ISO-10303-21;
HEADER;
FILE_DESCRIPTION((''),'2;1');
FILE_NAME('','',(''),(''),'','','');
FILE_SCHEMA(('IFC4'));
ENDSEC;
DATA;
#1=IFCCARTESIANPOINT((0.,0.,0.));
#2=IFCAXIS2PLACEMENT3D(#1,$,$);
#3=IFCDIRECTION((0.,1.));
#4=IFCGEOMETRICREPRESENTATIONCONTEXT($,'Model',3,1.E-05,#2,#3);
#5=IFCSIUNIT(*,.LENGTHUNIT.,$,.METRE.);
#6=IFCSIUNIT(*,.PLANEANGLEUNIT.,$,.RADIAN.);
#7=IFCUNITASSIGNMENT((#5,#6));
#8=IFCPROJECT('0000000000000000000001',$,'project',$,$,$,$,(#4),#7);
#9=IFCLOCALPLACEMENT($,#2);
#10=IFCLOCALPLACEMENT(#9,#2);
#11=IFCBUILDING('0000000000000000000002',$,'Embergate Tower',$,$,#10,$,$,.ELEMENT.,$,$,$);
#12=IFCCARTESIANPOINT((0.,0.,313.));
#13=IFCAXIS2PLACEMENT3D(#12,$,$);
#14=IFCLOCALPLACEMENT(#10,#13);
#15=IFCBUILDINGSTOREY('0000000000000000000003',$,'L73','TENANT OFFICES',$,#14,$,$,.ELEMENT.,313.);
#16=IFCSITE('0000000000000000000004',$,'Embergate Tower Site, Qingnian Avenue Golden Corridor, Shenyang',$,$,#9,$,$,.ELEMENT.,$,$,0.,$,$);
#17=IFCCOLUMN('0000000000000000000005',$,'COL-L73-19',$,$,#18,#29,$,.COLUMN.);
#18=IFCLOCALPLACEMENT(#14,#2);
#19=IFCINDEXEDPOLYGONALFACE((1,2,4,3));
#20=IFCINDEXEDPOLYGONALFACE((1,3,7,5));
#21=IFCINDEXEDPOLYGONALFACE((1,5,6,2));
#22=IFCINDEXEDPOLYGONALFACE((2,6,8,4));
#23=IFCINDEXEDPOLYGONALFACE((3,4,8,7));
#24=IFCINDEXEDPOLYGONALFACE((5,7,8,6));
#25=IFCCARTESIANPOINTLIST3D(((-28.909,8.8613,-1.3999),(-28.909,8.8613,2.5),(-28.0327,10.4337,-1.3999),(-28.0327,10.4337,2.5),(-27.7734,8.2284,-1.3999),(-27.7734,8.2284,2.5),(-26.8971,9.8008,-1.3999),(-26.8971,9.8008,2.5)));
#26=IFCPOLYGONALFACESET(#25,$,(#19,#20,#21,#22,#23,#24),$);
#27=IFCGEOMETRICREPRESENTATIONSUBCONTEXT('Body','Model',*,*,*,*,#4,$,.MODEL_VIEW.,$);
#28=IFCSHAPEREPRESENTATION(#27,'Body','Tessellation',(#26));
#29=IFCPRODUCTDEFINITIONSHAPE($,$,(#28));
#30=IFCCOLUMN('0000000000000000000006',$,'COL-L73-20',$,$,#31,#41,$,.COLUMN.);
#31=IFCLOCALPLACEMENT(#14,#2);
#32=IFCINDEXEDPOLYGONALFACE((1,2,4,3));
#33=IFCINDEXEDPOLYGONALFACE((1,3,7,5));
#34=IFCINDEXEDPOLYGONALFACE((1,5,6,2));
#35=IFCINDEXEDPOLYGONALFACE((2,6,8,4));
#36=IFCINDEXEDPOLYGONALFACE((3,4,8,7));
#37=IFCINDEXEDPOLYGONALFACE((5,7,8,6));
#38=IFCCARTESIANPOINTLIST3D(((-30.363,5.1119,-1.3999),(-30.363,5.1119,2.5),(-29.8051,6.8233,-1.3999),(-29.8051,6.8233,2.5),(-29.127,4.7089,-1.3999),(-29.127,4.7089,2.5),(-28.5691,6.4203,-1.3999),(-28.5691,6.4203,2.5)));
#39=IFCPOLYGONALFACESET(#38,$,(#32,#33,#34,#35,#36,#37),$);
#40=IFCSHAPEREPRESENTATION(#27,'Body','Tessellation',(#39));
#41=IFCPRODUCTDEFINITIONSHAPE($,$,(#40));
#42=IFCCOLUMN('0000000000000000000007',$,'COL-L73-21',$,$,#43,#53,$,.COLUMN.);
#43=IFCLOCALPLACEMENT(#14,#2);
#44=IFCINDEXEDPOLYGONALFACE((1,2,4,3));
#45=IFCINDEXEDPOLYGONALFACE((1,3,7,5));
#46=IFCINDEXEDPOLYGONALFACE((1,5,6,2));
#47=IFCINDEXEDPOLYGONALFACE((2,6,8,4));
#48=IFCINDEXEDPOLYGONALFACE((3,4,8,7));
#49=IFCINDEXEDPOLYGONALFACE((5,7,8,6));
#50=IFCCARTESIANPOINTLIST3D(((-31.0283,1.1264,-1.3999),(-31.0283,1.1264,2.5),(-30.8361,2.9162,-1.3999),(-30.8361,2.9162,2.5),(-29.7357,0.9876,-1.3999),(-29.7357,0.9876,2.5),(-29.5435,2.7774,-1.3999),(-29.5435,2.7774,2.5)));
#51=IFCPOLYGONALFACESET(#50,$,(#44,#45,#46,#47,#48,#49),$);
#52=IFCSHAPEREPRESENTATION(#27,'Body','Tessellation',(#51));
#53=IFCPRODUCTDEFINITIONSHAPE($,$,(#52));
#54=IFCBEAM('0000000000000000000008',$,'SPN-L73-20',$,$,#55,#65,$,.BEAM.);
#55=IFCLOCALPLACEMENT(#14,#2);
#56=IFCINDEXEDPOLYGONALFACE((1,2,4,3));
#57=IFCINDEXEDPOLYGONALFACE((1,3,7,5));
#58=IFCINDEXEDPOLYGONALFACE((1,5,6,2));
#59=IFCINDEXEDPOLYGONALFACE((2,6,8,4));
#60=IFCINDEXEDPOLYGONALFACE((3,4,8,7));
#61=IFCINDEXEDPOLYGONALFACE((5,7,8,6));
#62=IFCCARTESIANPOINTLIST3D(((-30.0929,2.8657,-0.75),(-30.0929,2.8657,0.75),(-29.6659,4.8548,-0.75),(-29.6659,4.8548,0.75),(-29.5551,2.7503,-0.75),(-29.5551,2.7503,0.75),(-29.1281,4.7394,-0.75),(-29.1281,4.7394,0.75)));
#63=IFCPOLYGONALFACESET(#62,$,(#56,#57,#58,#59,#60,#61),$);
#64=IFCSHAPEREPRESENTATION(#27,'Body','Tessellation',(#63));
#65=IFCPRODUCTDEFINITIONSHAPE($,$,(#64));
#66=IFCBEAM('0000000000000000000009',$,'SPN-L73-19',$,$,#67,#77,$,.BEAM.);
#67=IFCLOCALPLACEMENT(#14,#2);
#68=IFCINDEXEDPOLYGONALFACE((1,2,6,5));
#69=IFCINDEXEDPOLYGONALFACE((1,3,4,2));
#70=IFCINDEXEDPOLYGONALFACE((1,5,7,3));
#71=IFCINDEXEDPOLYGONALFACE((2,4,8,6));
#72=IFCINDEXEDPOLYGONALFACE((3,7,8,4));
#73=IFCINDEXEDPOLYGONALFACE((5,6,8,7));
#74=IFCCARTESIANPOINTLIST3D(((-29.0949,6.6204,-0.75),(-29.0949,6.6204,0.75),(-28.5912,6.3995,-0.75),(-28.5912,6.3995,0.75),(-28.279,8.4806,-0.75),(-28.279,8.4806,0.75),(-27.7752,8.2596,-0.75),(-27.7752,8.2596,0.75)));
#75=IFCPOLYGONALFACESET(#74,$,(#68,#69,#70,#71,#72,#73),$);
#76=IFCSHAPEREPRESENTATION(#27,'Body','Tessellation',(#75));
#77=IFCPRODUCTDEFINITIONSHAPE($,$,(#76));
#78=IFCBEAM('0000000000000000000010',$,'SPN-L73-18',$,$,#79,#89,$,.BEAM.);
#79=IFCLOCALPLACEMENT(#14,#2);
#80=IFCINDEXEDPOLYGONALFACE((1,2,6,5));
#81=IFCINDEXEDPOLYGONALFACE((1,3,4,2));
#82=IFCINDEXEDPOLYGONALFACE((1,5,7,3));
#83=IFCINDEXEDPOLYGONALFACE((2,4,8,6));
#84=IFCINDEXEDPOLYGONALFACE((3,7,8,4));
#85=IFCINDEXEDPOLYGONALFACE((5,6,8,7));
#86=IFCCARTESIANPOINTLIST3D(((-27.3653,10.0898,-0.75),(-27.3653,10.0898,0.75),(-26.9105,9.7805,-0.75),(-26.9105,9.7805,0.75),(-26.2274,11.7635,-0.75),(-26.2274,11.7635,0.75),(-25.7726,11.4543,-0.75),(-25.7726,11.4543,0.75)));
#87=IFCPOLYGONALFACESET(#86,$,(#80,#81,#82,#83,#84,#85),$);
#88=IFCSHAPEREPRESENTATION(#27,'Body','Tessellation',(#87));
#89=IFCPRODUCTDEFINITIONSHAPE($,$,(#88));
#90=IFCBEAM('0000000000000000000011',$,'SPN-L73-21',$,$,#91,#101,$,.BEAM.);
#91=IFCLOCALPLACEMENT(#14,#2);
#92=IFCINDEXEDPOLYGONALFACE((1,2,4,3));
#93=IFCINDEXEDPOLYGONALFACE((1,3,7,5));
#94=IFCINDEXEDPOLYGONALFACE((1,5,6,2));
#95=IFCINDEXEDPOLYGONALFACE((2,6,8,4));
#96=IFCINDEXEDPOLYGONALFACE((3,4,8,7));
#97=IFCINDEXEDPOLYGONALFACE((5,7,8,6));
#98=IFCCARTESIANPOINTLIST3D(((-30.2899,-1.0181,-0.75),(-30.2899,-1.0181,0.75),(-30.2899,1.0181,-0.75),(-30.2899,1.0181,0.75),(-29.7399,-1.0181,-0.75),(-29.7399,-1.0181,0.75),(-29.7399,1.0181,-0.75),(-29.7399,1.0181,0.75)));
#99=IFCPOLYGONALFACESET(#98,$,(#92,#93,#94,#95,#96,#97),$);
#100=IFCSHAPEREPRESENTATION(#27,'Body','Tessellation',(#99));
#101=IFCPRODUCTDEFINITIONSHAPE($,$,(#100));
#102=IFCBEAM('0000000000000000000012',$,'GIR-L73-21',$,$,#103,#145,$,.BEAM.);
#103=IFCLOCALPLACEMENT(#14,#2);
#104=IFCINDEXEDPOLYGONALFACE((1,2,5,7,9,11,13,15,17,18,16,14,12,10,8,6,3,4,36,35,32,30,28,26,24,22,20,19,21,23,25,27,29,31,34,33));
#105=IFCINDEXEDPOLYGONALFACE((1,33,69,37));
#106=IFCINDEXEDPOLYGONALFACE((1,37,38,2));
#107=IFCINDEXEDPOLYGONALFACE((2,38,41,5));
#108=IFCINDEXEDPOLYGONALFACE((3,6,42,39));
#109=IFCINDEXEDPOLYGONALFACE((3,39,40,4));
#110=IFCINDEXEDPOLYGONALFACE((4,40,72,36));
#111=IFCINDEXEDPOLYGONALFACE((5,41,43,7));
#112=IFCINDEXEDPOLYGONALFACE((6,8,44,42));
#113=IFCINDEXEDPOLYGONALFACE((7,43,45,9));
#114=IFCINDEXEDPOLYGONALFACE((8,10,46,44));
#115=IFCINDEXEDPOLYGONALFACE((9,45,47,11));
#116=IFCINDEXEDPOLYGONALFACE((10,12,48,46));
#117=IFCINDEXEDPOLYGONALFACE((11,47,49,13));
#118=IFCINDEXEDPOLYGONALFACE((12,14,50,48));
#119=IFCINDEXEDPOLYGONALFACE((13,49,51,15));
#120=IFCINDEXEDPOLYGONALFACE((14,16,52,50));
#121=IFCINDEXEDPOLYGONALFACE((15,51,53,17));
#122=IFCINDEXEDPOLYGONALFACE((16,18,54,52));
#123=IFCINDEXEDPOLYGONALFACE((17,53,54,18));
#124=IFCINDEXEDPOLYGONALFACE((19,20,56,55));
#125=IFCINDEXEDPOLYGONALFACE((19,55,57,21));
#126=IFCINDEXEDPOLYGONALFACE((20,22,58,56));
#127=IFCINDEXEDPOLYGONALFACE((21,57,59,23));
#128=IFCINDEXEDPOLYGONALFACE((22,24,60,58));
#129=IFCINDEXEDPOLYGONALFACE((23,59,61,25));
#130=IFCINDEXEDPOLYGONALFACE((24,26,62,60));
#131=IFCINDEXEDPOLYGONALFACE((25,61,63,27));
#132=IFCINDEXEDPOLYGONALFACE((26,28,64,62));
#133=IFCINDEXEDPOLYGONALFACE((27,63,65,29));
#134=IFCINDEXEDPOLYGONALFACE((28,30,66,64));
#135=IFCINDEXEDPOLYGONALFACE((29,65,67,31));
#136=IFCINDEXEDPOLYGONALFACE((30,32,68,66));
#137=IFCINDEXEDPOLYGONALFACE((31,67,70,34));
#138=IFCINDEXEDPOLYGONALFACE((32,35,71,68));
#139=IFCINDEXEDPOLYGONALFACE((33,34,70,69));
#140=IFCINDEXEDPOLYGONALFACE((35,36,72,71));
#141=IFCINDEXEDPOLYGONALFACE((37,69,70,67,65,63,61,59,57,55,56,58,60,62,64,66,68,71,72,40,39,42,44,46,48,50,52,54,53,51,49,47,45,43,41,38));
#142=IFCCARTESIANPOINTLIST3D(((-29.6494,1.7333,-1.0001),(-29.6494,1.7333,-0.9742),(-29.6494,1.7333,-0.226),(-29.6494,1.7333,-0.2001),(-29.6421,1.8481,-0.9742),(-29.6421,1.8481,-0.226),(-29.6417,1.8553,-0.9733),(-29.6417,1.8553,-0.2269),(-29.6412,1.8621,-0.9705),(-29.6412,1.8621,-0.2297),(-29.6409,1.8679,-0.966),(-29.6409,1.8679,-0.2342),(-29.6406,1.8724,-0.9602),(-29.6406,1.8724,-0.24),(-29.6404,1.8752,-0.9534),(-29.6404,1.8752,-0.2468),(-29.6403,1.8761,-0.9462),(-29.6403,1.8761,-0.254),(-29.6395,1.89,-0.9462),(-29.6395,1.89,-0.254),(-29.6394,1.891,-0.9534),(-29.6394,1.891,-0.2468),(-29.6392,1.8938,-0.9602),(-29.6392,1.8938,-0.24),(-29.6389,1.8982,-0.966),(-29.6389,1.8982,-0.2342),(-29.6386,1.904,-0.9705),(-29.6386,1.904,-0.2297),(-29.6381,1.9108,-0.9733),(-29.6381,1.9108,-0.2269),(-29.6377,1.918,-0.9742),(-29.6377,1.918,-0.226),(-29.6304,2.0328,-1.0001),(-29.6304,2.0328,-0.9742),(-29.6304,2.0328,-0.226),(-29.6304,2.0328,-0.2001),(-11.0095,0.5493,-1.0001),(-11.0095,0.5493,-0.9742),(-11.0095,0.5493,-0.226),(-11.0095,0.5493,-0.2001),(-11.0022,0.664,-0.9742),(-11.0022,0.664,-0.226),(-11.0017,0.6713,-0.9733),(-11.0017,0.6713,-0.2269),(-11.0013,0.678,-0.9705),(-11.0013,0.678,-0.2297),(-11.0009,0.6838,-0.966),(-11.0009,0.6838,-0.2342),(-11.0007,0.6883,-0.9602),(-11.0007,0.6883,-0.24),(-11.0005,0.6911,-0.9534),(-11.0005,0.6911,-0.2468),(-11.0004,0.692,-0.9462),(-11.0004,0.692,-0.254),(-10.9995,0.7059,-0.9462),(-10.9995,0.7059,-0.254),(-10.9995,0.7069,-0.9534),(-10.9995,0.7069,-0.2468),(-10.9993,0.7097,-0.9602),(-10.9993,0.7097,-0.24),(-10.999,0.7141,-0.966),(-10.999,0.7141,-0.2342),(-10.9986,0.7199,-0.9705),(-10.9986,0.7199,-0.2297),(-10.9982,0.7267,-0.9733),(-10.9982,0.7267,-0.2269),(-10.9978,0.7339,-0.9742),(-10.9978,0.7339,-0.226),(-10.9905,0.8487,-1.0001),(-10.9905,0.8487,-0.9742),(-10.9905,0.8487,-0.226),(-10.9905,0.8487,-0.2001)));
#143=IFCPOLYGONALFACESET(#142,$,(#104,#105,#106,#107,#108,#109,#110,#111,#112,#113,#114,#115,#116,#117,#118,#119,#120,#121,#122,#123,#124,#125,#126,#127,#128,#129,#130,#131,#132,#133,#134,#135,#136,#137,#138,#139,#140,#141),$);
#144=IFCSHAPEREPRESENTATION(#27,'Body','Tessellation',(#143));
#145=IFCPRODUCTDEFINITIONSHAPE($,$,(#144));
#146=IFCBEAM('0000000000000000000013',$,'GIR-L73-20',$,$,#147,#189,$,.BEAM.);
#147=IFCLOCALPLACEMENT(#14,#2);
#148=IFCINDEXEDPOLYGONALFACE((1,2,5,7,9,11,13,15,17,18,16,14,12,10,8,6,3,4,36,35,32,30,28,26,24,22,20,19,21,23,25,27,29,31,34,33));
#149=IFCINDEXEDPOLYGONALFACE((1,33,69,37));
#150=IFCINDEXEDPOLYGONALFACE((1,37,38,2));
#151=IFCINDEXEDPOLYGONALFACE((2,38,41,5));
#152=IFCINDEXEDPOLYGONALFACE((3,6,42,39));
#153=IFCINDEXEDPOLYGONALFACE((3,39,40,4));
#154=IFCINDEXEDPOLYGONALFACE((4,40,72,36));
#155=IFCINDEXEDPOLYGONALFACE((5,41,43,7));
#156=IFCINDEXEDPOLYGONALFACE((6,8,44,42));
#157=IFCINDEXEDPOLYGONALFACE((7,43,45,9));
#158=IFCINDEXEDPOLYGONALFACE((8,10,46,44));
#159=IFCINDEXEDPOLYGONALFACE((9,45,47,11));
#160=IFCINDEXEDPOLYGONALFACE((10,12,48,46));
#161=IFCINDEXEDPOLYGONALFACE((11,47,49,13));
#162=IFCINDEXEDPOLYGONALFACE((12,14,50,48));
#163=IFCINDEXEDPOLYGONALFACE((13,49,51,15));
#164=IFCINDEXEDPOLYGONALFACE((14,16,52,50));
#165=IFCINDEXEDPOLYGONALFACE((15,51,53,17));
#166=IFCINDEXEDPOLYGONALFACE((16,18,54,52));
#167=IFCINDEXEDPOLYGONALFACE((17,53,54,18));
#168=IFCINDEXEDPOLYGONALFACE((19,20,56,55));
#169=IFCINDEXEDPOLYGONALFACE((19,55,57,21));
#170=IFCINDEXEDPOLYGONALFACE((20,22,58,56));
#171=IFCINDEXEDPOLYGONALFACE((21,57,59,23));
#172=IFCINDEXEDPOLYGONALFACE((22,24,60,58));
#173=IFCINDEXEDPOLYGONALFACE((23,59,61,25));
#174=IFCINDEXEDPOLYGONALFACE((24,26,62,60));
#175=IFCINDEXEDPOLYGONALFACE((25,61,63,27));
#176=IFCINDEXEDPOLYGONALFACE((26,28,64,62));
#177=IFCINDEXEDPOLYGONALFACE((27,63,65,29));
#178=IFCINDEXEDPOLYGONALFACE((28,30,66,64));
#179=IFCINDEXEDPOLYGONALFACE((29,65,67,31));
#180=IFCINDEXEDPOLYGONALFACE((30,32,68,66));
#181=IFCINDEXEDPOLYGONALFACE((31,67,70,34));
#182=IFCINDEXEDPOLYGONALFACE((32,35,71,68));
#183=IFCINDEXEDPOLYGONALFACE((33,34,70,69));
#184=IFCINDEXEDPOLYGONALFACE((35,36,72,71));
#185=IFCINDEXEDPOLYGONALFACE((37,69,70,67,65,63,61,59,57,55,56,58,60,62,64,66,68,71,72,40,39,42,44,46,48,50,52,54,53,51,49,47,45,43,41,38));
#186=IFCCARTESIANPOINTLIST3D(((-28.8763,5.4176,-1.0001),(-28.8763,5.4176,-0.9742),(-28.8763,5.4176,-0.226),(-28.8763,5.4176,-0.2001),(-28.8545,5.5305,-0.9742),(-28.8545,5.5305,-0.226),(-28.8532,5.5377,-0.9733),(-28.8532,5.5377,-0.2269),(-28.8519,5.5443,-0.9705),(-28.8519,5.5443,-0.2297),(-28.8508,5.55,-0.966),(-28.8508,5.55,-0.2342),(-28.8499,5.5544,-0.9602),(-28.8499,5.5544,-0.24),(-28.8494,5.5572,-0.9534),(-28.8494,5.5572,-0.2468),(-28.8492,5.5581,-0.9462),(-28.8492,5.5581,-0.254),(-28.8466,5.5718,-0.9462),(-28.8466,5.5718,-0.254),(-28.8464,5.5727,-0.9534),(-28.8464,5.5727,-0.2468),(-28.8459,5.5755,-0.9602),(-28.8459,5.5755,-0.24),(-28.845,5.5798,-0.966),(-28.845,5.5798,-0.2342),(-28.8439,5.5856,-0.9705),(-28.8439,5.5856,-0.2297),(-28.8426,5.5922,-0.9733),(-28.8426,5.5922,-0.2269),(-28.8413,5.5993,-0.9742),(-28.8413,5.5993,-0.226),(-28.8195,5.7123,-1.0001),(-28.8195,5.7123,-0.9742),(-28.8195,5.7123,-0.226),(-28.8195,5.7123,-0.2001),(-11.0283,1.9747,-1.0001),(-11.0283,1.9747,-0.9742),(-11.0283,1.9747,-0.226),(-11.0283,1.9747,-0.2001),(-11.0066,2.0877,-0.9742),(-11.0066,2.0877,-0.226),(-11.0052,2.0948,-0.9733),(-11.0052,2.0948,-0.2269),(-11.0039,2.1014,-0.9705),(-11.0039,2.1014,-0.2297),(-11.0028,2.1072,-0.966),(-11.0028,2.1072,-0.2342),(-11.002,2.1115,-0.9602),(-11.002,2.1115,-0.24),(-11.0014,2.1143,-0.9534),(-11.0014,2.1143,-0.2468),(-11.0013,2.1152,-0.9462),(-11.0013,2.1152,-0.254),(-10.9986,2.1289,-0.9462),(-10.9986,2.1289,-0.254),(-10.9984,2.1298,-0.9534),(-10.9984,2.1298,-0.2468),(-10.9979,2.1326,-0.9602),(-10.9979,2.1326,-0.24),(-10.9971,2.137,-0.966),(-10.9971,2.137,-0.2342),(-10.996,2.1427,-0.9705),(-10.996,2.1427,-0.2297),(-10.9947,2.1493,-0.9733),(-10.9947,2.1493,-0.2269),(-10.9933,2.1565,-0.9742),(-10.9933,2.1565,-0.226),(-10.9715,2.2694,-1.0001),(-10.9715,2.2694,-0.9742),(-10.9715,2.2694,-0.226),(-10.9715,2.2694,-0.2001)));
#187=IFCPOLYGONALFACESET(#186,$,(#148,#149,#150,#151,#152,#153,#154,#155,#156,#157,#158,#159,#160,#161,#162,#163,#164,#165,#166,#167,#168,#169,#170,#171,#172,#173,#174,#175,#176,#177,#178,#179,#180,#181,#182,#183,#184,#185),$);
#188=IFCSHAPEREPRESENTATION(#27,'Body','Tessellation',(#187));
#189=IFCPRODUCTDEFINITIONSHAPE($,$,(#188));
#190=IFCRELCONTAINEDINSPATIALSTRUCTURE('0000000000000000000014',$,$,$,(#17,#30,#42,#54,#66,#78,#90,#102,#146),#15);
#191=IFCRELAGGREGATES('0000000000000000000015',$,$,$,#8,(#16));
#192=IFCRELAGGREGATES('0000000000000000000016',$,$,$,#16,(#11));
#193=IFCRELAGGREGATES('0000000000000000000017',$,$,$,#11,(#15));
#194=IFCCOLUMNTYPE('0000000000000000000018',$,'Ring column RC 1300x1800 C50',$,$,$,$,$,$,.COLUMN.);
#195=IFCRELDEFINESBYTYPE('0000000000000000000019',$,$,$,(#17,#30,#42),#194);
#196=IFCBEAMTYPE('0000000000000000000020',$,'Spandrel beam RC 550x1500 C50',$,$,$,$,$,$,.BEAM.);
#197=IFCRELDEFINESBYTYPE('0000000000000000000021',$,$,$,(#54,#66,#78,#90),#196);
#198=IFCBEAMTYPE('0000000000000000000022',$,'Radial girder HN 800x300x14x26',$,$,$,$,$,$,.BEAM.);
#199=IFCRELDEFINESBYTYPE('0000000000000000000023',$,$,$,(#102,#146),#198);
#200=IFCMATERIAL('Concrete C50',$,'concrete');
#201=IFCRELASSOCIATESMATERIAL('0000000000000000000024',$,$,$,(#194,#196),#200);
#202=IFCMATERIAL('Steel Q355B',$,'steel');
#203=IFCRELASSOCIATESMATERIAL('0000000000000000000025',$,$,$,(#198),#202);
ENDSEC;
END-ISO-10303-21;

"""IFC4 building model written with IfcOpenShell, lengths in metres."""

from ifc_helpers import new_model, si_unit, direction, frame, origin, origin_2d, place, context, subcontext, project, spatial, rectangle, i_section, extrude, source, transform, mapped, material, material_profile, profile_set, type_object, element, save


model = new_model("IFC4")

# Units and contexts
model_context = context("Model", 3, precision=1e-05, world=origin(), true_north=direction((0.0, 1.0)))
body_context = subcontext(model_context, "Body", "Model", "MODEL_VIEW")
ifc_project = project(units=[si_unit("LENGTHUNIT", "METRE"), si_unit("PLANEANGLEUNIT", "RADIAN")], contexts=[model_context])

# Site, building, storey
site_placement = place(None, origin())
site = spatial("IfcSite", under=ifc_project, at=site_placement, Name="Embergate Tower Site, Qingnian Avenue Golden Corridor, Shenyang", CompositionType="ELEMENT", RefElevation=0.0)
building_placement = place(site_placement, origin())
building = spatial("IfcBuilding", under=site, at=building_placement, Name="Embergate Tower", CompositionType="ELEMENT")
storey_placement = place(building_placement, frame((0.0, 0.0, 313.0)))
storey = spatial("IfcBuildingStorey", under=building, at=storey_placement, Name="L73", Description="TENANT OFFICES", CompositionType="ELEMENT", Elevation=313.0)

# Columns
ifc_material_1 = material(Name="Concrete C50", Category="concrete")
ifc_material_profile_1 = material_profile(ifc_material_1, rectangle(XDim=1.3, YDim=1.8, at=origin_2d()), Name="RC 1300x1800")
ifc_profile_set_1 = profile_set([ifc_material_profile_1], Name="Concrete C50")
column_type = type_object("IfcColumnType", Name="Ring column RC 1300x1800 C50", PredefinedType="COLUMN", material=ifc_profile_set_1)
shared_shape_1 = source(origin(), body_context, "Body", "SweptSolid", [
    extrude(rectangle(XDim=1.3, YDim=1.8, at=origin_2d()), origin(), (0.0, 0.0, 1.0), 3.8999),
])
for number, where, z_axis, x_axis, name in (
    (1, (-27.9031, 9.3311, -1.3999), (0.0, 0.0, 1.0), (-0.8735, 0.486823, 0.0), "COL-L73-19"),
    (2, (-29.4661, 5.7661, -1.3999), (0.0, 0.0, 1.0), (-0.950754, 0.309946, 0.0), "COL-L73-20"),
    (3, (-30.2859, 1.9519, -1.3999), (0.0, 0.0, 1.0), (-0.994286, 0.10675, 0.0), "COL-L73-21"),
):
    element("IfcColumn", number, at=place(storey_placement, frame(where, z_axis=z_axis, x_axis=x_axis)), inside=storey, type_object=column_type, Name=name, PredefinedType="COLUMN", context=body_context, shape_type="MappedRepresentation", body=[
        mapped(shared_shape_1, transform((0.0, 0.0, 0.0))),
    ])

# Beams
ifc_material_profile_2 = material_profile(ifc_material_1, rectangle(XDim=0.55, YDim=1.5, at=origin_2d()), Name="RC 550x1500")
ifc_profile_set_2 = profile_set([ifc_material_profile_2], Name="Concrete C50")
beam_type_1 = type_object("IfcBeamType", Name="Spandrel beam RC 550x1500 C50", PredefinedType="BEAM", material=ifc_profile_set_2)
shared_shape_2 = source(origin(), body_context, "Body", "SweptSolid", [
    extrude(rectangle(XDim=0.55, YDim=1.5, at=origin_2d()), origin(), (0.0, 0.0, 1.0), 2.0344),
])
beam_1_placement = place(storey_placement, frame((-29.397, 4.7971, 0.0), z_axis=(-0.209898, -0.977723, 0.0), x_axis=(0.977723, -0.209898, 0.0)))
element("IfcBeam", 4, at=beam_1_placement, inside=storey, type_object=beam_type_1, Name="SPN-L73-20", PredefinedType="BEAM", context=body_context, shape_type="MappedRepresentation", body=[
    mapped(shared_shape_2, transform((0.0, 0.0, 0.0))),
])
shared_shape_3 = source(origin(), body_context, "Body", "SweptSolid", [
    extrude(rectangle(XDim=0.55, YDim=1.5, at=origin_2d()), origin(), (0.0, 0.0, 1.0), 2.0312),
])
beam_2_placement = place(storey_placement, frame((-28.0271, 8.3701, 0.0), z_axis=(-0.401695, -0.915773, 0.0), x_axis=(0.915773, -0.401695, 0.0)))
element("IfcBeam", 5, at=beam_2_placement, inside=storey, type_object=beam_type_1, Name="SPN-L73-19", PredefinedType="BEAM", context=body_context, shape_type="MappedRepresentation", body=[
    mapped(shared_shape_3, transform((0.0, 0.0, 0.0))),
])
shared_shape_4 = source(origin(), body_context, "Body", "SweptSolid", [
    extrude(rectangle(XDim=0.55, YDim=1.5, at=origin_2d()), origin(), (0.0, 0.0, 1.0), 2.0239),
])
beam_3_placement = place(storey_placement, frame((-26.0, 11.6089, 0.0), z_axis=(-0.562221, -0.826987, 0.0), x_axis=(0.826987, -0.562221, 0.0)))
element("IfcBeam", 6, at=beam_3_placement, inside=storey, type_object=beam_type_1, Name="SPN-L73-18", PredefinedType="BEAM", context=body_context, shape_type="MappedRepresentation", body=[
    mapped(shared_shape_4, transform((0.0, 0.0, 0.0))),
])
shared_shape_5 = source(origin(), body_context, "Body", "SweptSolid", [
    extrude(rectangle(XDim=0.55, YDim=1.5, at=origin_2d()), origin(), (0.0, 0.0, 1.0), 2.0361),
])
beam_4_placement = place(storey_placement, frame((-30.0149, 1.0181, 0.0), z_axis=(0.0, -1.0, 0.0), x_axis=(1.0, 0.0, 0.0)))
element("IfcBeam", 7, at=beam_4_placement, inside=storey, type_object=beam_type_1, Name="SPN-L73-21", PredefinedType="BEAM", context=body_context, shape_type="MappedRepresentation", body=[
    mapped(shared_shape_5, transform((0.0, 0.0, 0.0))),
])
ifc_material_2 = material(Name="Steel Q355B", Category="steel")
ifc_material_profile_3 = material_profile(ifc_material_2, i_section(OverallWidth=0.3, OverallDepth=0.8, WebThickness=0.0139, FlangeThickness=0.0259, FilletRadius=0.0281, at=origin_2d()), Name="HN 800x300x14x26")
ifc_profile_set_3 = profile_set([ifc_material_profile_3], Name="Steel Q355 grade B")
beam_type_2 = type_object("IfcBeamType", Name="Radial girder HN 800x300x14x26", PredefinedType="BEAM", material=ifc_profile_set_3)
shared_shape_6 = source(origin(), body_context, "Body", "SweptSolid", [
    extrude(i_section(OverallWidth=0.3, OverallDepth=0.8, WebThickness=0.0139, FlangeThickness=0.0259, FilletRadius=0.0281, at=origin_2d()), origin(), (0.0, 0.0, 1.0), 18.6775),
])
beam_5_placement = place(storey_placement, frame((-29.6399, 1.8831, -0.6001), z_axis=(0.997988, -0.063396, 0.0), x_axis=(0.063396, 0.997988, 0.0)))
element("IfcBeam", 8, at=beam_5_placement, inside=storey, type_object=beam_type_2, Name="GIR-L73-21", PredefinedType="BEAM", context=body_context, shape_type="MappedRepresentation", body=[
    mapped(shared_shape_6, transform((0.0, 0.0, 0.0))),
])
shared_shape_7 = source(origin(), body_context, "Body", "SweptSolid", [
    extrude(i_section(OverallWidth=0.3, OverallDepth=0.8, WebThickness=0.0139, FlangeThickness=0.0259, FilletRadius=0.0281, at=origin_2d()), origin(), (0.0, 0.0, 1.0), 18.177),
])
beam_6_placement = place(storey_placement, frame((-28.8479, 5.5649, -0.6001), z_axis=(0.981898, -0.189409, 0.0), x_axis=(0.189409, 0.981898, 0.0)))
element("IfcBeam", 9, at=beam_6_placement, inside=storey, type_object=beam_type_2, Name="GIR-L73-20", PredefinedType="BEAM", context=body_context, shape_type="MappedRepresentation", body=[
    mapped(shared_shape_7, transform((0.0, 0.0, 0.0))),
])

save(model, "model.ifc")
